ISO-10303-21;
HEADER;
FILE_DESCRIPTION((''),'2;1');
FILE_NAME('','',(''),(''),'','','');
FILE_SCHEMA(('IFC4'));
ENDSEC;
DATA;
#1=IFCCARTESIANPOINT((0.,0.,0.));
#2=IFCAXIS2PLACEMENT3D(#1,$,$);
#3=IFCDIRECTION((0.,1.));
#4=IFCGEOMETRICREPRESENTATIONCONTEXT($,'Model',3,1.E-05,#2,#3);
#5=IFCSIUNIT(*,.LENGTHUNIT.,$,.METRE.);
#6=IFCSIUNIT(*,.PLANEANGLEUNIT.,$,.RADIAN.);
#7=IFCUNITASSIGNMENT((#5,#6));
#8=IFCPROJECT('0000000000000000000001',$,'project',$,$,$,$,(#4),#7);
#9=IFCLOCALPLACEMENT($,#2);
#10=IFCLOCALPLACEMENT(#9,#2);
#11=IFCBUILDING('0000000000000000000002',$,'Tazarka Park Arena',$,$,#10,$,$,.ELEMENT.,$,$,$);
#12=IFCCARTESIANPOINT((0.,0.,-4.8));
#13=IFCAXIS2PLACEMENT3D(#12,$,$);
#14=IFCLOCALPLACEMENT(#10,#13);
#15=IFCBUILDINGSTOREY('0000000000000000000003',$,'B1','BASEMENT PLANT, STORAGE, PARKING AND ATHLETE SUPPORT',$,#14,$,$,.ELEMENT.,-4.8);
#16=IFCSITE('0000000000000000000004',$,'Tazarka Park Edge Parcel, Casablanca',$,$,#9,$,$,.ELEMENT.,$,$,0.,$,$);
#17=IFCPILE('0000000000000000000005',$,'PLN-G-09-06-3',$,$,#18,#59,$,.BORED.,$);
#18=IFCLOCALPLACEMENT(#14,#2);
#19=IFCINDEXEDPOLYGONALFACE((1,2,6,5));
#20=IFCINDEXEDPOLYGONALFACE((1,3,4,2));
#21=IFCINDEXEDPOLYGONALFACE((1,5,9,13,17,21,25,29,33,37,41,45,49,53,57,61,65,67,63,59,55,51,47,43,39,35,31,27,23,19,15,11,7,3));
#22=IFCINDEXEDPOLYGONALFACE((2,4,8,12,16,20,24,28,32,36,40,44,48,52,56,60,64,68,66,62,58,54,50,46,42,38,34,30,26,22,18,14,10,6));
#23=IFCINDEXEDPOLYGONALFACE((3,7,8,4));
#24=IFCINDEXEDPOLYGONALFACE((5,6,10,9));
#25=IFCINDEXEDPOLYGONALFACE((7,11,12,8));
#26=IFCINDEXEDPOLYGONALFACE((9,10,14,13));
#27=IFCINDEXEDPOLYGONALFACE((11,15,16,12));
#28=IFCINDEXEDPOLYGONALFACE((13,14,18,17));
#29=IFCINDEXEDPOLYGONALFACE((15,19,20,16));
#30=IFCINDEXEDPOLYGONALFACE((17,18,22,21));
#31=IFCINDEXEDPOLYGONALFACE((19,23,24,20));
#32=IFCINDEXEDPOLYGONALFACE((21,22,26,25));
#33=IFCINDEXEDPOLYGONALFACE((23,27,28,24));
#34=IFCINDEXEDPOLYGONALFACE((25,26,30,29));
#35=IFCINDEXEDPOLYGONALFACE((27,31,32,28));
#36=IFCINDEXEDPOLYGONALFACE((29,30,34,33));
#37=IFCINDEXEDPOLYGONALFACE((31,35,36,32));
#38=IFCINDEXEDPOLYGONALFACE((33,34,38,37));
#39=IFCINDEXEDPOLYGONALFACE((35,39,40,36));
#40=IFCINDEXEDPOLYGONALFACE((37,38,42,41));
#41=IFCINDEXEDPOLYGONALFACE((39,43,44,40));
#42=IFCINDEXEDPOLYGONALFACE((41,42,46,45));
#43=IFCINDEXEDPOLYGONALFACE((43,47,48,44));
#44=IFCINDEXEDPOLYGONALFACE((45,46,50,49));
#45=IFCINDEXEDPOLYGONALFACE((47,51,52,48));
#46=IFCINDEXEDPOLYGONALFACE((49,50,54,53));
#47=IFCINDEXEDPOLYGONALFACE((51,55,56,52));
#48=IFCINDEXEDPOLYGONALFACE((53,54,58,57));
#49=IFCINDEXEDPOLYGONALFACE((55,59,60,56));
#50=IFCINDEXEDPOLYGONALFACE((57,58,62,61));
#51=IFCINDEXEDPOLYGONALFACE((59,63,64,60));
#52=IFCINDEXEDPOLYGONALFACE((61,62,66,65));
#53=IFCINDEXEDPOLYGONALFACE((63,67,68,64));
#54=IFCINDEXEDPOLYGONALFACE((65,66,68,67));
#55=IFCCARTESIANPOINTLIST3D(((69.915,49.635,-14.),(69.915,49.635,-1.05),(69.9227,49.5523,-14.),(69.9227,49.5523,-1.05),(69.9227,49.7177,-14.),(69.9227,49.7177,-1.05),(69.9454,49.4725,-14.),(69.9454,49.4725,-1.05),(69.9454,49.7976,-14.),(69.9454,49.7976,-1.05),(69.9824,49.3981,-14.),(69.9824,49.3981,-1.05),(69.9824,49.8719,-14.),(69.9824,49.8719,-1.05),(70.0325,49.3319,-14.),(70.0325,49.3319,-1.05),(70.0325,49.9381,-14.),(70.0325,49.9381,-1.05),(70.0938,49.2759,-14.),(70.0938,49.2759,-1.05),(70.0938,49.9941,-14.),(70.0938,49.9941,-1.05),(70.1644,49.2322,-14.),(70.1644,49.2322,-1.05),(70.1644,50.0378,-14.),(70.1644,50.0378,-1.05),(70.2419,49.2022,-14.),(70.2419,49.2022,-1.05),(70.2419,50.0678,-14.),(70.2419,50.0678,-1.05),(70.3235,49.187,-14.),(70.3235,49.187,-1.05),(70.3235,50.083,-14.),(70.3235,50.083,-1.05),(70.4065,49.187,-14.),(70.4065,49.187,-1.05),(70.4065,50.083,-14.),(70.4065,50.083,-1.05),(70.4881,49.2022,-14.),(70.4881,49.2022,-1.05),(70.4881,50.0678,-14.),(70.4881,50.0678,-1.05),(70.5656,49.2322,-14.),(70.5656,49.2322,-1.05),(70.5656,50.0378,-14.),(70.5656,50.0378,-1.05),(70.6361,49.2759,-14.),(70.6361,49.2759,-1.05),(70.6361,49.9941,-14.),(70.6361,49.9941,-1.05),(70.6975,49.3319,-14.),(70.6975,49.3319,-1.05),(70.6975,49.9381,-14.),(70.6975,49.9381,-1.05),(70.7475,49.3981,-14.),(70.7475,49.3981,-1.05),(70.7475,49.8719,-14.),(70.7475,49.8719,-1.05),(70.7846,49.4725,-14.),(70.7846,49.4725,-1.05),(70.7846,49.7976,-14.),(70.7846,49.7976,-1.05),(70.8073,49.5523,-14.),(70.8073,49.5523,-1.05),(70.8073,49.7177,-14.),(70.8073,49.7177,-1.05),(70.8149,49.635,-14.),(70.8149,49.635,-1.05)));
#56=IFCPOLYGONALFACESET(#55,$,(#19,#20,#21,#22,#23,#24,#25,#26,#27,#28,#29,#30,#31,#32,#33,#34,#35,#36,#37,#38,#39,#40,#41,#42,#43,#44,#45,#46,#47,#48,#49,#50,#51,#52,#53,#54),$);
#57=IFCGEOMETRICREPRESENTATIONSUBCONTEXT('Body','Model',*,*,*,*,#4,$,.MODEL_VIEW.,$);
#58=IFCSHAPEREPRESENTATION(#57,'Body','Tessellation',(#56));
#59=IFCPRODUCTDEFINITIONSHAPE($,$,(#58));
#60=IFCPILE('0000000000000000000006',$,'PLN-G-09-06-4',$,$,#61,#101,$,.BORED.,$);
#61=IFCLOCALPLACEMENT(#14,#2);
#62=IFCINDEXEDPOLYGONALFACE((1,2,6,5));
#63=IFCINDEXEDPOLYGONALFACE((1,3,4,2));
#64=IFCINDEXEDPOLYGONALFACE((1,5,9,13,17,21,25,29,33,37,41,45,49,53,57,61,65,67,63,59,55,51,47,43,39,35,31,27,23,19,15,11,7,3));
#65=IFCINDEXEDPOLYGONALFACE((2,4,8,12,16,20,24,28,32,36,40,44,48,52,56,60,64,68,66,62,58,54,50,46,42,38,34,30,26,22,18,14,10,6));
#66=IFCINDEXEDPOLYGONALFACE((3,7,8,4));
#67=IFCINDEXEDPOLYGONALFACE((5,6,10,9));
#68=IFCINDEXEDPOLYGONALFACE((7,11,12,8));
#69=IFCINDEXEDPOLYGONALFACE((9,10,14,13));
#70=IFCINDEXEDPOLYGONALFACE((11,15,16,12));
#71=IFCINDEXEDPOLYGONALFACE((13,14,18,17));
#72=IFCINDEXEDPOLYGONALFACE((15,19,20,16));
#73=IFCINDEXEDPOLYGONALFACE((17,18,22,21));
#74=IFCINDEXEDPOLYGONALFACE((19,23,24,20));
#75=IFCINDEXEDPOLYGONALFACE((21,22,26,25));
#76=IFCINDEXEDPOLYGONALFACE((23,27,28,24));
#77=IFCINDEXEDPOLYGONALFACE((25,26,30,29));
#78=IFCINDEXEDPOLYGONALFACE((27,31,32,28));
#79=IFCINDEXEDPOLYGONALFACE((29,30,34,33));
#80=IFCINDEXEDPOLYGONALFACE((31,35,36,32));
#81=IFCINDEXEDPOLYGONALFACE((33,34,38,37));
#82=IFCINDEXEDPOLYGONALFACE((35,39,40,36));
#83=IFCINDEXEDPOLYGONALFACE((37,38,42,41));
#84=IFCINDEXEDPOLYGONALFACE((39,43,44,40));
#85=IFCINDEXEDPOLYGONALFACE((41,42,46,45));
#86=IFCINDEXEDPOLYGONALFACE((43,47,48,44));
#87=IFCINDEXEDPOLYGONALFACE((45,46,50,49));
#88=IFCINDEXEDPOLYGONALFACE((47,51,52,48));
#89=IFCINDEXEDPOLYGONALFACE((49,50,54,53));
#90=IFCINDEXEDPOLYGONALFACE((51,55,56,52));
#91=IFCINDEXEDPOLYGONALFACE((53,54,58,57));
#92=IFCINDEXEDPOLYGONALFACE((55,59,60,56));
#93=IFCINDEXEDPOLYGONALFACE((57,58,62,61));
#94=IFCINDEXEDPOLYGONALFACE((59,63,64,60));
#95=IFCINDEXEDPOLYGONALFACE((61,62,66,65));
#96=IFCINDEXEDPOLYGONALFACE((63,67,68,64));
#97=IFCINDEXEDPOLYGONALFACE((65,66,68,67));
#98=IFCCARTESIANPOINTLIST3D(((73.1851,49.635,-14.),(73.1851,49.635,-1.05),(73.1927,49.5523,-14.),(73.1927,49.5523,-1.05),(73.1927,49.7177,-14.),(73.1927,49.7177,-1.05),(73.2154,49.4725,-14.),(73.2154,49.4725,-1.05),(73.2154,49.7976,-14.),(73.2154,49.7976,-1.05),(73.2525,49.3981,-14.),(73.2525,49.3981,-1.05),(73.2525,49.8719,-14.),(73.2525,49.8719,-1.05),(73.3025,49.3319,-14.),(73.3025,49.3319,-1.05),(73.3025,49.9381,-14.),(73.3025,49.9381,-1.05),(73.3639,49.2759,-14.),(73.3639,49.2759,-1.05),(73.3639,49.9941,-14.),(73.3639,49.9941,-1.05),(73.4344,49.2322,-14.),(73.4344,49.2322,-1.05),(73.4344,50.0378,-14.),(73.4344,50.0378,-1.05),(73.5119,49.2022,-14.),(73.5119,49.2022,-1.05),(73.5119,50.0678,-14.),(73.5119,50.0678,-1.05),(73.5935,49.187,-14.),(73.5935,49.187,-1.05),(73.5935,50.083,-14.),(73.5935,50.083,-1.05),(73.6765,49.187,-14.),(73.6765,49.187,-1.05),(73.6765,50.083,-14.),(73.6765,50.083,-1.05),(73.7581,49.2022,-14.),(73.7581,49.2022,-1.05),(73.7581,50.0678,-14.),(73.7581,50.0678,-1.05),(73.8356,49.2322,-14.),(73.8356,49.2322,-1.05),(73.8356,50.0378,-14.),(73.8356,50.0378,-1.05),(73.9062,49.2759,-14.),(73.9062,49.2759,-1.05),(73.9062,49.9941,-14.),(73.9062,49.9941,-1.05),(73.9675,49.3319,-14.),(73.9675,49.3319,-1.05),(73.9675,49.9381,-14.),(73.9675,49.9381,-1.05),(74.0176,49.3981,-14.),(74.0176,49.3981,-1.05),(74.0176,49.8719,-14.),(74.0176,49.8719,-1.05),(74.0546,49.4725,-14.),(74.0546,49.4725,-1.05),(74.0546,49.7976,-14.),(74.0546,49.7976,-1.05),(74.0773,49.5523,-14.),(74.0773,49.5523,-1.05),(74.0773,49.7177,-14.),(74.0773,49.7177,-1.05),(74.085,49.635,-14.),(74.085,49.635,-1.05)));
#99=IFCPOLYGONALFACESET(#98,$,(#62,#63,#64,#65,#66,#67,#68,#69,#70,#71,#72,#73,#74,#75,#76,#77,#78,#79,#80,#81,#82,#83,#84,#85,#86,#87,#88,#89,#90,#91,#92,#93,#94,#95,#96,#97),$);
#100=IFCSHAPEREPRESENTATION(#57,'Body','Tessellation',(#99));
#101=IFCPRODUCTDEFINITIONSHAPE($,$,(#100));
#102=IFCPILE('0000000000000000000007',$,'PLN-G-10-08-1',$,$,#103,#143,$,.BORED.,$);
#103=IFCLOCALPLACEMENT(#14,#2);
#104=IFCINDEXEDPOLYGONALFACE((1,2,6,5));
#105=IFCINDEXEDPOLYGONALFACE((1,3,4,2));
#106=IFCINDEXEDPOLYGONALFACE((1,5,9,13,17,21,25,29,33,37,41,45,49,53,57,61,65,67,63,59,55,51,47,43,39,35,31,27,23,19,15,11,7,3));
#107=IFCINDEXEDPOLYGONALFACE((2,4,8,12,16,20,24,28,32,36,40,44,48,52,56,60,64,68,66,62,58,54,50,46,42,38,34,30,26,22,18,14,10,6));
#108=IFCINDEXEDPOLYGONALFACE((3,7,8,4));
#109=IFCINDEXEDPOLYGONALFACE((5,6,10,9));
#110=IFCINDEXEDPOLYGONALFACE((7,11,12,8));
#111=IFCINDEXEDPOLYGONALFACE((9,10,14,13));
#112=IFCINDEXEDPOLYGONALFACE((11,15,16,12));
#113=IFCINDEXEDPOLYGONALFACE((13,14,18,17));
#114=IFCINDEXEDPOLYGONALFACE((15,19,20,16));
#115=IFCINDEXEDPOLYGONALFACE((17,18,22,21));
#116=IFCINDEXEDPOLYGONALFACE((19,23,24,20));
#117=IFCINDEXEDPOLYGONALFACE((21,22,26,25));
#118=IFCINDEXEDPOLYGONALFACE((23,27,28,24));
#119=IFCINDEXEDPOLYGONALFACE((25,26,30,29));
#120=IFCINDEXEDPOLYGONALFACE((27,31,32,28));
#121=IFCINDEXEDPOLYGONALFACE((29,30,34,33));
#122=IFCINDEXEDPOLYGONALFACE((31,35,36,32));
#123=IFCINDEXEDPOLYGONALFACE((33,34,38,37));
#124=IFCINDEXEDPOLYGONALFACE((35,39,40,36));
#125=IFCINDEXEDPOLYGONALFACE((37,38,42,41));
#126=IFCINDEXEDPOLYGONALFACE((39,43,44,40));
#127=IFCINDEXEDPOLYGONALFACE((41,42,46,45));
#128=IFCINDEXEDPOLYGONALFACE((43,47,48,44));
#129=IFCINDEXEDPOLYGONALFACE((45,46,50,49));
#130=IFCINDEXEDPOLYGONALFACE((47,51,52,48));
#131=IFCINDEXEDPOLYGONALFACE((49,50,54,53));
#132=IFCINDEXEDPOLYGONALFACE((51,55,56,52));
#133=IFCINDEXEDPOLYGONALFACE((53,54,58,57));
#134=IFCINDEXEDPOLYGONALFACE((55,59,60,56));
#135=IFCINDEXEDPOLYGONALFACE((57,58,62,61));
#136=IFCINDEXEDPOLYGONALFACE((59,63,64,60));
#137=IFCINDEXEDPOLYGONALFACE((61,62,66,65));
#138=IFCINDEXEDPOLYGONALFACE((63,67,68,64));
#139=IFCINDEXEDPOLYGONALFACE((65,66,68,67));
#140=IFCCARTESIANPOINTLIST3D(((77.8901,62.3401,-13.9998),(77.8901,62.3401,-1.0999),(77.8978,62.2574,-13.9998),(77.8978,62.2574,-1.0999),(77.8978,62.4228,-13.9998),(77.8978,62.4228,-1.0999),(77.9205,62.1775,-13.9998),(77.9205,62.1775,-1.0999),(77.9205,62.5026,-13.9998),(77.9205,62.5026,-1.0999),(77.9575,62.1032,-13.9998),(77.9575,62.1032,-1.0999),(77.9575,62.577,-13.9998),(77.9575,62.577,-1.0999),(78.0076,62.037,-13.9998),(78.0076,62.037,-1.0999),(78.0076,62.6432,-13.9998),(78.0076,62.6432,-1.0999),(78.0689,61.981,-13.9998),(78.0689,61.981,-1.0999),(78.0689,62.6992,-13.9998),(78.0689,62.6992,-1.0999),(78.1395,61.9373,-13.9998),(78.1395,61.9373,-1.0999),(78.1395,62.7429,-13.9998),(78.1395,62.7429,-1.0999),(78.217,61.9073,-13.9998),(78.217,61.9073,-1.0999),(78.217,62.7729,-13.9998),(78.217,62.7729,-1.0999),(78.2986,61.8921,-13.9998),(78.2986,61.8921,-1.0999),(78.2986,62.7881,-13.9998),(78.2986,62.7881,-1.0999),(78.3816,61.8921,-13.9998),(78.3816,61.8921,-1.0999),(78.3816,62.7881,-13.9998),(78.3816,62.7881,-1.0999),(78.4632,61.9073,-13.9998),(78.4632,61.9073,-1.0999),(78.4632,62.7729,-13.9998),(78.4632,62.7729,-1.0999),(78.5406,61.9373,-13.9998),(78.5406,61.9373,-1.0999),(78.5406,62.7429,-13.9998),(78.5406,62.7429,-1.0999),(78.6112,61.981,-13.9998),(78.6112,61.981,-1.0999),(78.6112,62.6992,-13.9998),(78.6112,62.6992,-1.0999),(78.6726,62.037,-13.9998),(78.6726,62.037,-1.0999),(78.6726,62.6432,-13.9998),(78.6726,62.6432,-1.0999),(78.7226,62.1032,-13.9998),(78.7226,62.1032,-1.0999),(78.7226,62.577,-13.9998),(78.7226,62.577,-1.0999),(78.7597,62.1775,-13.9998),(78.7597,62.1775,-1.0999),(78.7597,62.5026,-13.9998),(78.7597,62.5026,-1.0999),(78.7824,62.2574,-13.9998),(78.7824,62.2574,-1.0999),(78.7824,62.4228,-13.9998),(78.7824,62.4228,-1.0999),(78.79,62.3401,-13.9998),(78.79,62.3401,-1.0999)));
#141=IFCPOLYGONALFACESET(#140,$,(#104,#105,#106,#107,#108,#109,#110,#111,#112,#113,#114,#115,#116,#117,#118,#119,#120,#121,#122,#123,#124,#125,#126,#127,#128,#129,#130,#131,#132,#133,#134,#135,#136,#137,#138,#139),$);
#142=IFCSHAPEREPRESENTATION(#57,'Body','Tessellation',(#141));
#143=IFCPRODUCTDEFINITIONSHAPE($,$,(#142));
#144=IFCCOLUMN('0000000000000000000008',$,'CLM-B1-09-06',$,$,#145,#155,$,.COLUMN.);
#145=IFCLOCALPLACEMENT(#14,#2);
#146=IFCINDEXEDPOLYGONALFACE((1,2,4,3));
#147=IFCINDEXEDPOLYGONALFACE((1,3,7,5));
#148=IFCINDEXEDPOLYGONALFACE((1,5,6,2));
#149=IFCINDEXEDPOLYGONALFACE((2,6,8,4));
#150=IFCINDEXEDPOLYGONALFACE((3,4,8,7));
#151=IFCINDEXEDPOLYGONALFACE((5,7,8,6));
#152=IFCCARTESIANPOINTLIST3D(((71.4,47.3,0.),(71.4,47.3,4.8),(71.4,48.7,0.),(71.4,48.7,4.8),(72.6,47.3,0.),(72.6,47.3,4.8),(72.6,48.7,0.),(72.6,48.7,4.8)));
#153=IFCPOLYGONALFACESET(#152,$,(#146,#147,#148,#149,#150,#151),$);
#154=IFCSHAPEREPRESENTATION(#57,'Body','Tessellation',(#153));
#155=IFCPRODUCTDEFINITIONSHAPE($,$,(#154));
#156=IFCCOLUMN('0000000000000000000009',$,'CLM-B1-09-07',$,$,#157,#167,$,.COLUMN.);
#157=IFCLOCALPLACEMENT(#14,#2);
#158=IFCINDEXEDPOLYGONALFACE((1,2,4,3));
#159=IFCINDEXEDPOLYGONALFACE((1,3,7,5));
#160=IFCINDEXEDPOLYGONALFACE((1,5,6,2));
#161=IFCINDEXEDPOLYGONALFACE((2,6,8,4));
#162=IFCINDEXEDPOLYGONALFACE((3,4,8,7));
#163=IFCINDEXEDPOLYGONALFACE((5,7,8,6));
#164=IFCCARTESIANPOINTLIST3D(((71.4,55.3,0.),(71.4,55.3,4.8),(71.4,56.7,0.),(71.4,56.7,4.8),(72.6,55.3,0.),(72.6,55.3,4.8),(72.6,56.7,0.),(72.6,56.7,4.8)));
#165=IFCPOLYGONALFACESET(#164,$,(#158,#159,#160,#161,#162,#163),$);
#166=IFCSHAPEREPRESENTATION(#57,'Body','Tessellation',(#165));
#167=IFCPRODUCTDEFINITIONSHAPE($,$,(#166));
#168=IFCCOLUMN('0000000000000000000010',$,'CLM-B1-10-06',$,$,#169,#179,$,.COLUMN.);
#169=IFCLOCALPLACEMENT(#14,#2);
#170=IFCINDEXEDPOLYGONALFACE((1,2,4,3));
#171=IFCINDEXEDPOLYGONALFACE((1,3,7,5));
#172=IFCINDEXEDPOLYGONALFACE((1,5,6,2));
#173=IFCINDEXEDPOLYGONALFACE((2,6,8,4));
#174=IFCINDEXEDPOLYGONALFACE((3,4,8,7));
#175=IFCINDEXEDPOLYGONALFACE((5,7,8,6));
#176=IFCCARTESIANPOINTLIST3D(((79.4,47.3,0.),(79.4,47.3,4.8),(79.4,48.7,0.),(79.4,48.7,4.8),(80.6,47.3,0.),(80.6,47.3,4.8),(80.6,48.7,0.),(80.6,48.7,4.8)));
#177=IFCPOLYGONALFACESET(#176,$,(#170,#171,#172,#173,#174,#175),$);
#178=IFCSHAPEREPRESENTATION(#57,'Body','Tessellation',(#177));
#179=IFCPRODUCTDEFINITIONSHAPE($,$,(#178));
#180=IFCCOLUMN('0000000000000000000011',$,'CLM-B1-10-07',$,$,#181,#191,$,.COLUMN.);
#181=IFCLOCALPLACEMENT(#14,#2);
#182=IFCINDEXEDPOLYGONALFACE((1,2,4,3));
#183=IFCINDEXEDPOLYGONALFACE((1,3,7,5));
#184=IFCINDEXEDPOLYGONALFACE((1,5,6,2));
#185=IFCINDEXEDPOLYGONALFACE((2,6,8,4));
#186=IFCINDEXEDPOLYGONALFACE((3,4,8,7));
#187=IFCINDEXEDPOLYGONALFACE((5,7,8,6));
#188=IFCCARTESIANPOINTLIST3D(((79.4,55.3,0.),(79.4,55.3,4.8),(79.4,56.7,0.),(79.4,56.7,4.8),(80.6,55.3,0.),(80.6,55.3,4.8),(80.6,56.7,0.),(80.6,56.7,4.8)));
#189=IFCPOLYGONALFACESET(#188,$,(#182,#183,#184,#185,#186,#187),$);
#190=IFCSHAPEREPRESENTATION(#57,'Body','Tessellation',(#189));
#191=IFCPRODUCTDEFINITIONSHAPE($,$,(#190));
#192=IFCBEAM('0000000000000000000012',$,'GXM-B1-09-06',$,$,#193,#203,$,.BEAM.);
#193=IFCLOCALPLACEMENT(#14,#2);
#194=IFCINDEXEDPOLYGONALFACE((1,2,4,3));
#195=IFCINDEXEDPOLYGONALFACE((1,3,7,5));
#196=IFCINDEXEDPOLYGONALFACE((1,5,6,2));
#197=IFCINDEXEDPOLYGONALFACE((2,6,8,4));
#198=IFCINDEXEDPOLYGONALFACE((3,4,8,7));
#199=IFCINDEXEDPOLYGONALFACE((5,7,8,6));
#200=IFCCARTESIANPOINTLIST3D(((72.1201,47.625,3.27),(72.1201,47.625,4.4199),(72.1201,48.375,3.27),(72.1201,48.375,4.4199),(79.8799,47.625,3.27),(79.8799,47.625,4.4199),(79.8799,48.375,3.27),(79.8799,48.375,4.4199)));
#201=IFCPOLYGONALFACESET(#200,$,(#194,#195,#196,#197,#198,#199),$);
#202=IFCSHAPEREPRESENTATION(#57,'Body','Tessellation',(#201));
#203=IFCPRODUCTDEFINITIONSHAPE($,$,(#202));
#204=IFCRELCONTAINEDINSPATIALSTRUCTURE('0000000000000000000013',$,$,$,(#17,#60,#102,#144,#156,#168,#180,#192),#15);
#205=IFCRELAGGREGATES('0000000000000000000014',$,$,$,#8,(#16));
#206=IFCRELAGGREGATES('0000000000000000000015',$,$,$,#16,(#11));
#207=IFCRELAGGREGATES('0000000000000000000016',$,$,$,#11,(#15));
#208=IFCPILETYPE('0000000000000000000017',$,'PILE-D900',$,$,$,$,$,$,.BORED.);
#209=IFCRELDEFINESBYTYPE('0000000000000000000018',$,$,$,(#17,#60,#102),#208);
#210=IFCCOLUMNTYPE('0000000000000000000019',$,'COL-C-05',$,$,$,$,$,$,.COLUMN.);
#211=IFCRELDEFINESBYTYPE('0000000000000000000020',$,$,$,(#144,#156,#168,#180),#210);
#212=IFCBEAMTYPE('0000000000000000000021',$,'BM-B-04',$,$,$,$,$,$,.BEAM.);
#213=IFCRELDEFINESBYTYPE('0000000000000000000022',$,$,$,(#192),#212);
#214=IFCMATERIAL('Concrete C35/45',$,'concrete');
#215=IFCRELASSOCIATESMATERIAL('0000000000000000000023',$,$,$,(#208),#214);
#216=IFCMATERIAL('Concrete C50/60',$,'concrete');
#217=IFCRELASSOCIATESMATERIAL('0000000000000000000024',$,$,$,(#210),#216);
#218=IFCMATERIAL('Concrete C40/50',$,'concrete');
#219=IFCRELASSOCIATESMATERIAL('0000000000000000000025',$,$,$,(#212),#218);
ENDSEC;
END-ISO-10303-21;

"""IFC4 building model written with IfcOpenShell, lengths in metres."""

from ifc_helpers import new_model, si_unit, direction, frame, origin, origin_2d, place, context, subcontext, project, spatial, rectangle, circle, extrude, material, material_profile, profile_set, type_object, element, save


model = new_model("IFC4")

# Units and contexts
model_context = context("Model", 3, precision=1e-05, world=origin(), true_north=direction((0.0, 1.0)))
body_context = subcontext(model_context, "Body", "Model", "MODEL_VIEW")
ifc_project = project(units=[si_unit("LENGTHUNIT", "METRE"), si_unit("PLANEANGLEUNIT", "RADIAN")], contexts=[model_context])

# Site, building, storey
site_placement = place(None, origin())
site = spatial("IfcSite", under=ifc_project, at=site_placement, Name="Tazarka Park Edge Parcel, Casablanca", CompositionType="ELEMENT", RefElevation=0.0)
building_placement = place(site_placement, origin())
building = spatial("IfcBuilding", under=site, at=building_placement, Name="Tazarka Park Arena", CompositionType="ELEMENT")
storey_placement = place(building_placement, frame((0.0, 0.0, -4.8)))
storey = spatial("IfcBuildingStorey", under=building, at=storey_placement, Name="B1", Description="BASEMENT PLANT, STORAGE, PARKING AND ATHLETE SUPPORT", CompositionType="ELEMENT", Elevation=-4.8)

# Piles
ifc_material_1 = material(Name="Concrete C35/45", Category="concrete")
ifc_material_profile_1 = material_profile(ifc_material_1, circle(Radius=0.45, at=origin_2d()), Name="Concrete C35/45")
ifc_profile_set_1 = profile_set([ifc_material_profile_1], Name="Concrete C35/45")
pile_type_1 = type_object("IfcPileType", Name="PILE-D900", PredefinedType="BORED", material=ifc_profile_set_1)
for number, where, z_axis, x_axis, name in (
    (1, (70.365, 49.635, -1.05), (0.0, 0.0, -1.0), (1.0, 0.0, 0.0), "PLN-G-09-06-3"),
    (2, (73.635, 49.635, -1.05), (0.0, 0.0, -1.0), (1.0, 0.0, 0.0), "PLN-G-09-06-4"),
):
    element("IfcPile", number, at=place(storey_placement, frame(where, z_axis=z_axis, x_axis=x_axis)), inside=storey, type_object=pile_type_1, Name=name, PredefinedType="BORED", context=body_context, shape_type="SweptSolid", body=[
        extrude(circle(Radius=0.45, at=origin_2d()), origin(), (0.0, 0.0, 1.0), 12.95),
    ])
pile_1_placement = place(storey_placement, frame((78.3401, 62.3401, -1.0999), z_axis=(0.0, 0.0, -1.0), x_axis=(1.0, 0.0, 0.0)))
element("IfcPile", 3, at=pile_1_placement, inside=storey, type_object=pile_type_1, Name="PLN-G-10-08-1", PredefinedType="BORED", context=body_context, shape_type="SweptSolid", body=[
    extrude(circle(Radius=0.45, at=origin_2d()), origin(), (0.0, 0.0, 1.0), 12.8999),
])

# Columns
ifc_material_2 = material(Name="Concrete C50/60", Category="concrete")
ifc_material_profile_2 = material_profile(ifc_material_2, rectangle(XDim=1.2, YDim=1.3999, at=origin_2d()), Name="Concrete C50/60")
ifc_profile_set_2 = profile_set([ifc_material_profile_2], Name="Concrete C50/60")
column_type = type_object("IfcColumnType", Name="COL-C-05", PredefinedType="COLUMN", material=ifc_profile_set_2)
for number, where, z_axis, x_axis, name in (
    (4, (72.0, 48.0, 0.0), (0.0, 0.0, 1.0), (1.0, 0.0, 0.0), "CLM-B1-09-06"),
    (5, (72.0, 56.0, 0.0), (0.0, 0.0, 1.0), (1.0, 0.0, 0.0), "CLM-B1-09-07"),
    (6, (80.0, 48.0, 0.0), (0.0, 0.0, 1.0), (1.0, 0.0, 0.0), "CLM-B1-10-06"),
    (7, (80.0, 56.0, 0.0), (0.0, 0.0, 1.0), (1.0, 0.0, 0.0), "CLM-B1-10-07"),
):
    element("IfcColumn", number, at=place(storey_placement, frame(where, z_axis=z_axis, x_axis=x_axis)), inside=storey, type_object=column_type, Name=name, PredefinedType="COLUMN", context=body_context, shape_type="SweptSolid", body=[
        extrude(rectangle(XDim=1.2, YDim=1.3999, at=origin_2d()), origin(), (0.0, 0.0, 1.0), 4.8),
    ])

# Beam
ifc_material_3 = material(Name="Concrete C40/50", Category="concrete")
ifc_material_profile_3 = material_profile(ifc_material_3, rectangle(XDim=0.75, YDim=1.1499, at=origin_2d()), Name="Concrete C40/50")
ifc_profile_set_3 = profile_set([ifc_material_profile_3], Name="Concrete C40/50")
beam_type = type_object("IfcBeamType", Name="BM-B-04", PredefinedType="BEAM", material=ifc_profile_set_3)
beam_placement = place(storey_placement, frame((72.1201, 48.0, 3.845), z_axis=(1.0, 0.0, 0.0), x_axis=(0.0, 1.0, 0.0)))
element("IfcBeam", 8, at=beam_placement, inside=storey, type_object=beam_type, Name="GXM-B1-09-06", PredefinedType="BEAM", context=body_context, shape_type="SweptSolid", body=[
    extrude(rectangle(XDim=0.75, YDim=1.1499, at=origin_2d()), origin(), (0.0, 0.0, 1.0), 7.7598),
])

save(model, "model.ifc")
